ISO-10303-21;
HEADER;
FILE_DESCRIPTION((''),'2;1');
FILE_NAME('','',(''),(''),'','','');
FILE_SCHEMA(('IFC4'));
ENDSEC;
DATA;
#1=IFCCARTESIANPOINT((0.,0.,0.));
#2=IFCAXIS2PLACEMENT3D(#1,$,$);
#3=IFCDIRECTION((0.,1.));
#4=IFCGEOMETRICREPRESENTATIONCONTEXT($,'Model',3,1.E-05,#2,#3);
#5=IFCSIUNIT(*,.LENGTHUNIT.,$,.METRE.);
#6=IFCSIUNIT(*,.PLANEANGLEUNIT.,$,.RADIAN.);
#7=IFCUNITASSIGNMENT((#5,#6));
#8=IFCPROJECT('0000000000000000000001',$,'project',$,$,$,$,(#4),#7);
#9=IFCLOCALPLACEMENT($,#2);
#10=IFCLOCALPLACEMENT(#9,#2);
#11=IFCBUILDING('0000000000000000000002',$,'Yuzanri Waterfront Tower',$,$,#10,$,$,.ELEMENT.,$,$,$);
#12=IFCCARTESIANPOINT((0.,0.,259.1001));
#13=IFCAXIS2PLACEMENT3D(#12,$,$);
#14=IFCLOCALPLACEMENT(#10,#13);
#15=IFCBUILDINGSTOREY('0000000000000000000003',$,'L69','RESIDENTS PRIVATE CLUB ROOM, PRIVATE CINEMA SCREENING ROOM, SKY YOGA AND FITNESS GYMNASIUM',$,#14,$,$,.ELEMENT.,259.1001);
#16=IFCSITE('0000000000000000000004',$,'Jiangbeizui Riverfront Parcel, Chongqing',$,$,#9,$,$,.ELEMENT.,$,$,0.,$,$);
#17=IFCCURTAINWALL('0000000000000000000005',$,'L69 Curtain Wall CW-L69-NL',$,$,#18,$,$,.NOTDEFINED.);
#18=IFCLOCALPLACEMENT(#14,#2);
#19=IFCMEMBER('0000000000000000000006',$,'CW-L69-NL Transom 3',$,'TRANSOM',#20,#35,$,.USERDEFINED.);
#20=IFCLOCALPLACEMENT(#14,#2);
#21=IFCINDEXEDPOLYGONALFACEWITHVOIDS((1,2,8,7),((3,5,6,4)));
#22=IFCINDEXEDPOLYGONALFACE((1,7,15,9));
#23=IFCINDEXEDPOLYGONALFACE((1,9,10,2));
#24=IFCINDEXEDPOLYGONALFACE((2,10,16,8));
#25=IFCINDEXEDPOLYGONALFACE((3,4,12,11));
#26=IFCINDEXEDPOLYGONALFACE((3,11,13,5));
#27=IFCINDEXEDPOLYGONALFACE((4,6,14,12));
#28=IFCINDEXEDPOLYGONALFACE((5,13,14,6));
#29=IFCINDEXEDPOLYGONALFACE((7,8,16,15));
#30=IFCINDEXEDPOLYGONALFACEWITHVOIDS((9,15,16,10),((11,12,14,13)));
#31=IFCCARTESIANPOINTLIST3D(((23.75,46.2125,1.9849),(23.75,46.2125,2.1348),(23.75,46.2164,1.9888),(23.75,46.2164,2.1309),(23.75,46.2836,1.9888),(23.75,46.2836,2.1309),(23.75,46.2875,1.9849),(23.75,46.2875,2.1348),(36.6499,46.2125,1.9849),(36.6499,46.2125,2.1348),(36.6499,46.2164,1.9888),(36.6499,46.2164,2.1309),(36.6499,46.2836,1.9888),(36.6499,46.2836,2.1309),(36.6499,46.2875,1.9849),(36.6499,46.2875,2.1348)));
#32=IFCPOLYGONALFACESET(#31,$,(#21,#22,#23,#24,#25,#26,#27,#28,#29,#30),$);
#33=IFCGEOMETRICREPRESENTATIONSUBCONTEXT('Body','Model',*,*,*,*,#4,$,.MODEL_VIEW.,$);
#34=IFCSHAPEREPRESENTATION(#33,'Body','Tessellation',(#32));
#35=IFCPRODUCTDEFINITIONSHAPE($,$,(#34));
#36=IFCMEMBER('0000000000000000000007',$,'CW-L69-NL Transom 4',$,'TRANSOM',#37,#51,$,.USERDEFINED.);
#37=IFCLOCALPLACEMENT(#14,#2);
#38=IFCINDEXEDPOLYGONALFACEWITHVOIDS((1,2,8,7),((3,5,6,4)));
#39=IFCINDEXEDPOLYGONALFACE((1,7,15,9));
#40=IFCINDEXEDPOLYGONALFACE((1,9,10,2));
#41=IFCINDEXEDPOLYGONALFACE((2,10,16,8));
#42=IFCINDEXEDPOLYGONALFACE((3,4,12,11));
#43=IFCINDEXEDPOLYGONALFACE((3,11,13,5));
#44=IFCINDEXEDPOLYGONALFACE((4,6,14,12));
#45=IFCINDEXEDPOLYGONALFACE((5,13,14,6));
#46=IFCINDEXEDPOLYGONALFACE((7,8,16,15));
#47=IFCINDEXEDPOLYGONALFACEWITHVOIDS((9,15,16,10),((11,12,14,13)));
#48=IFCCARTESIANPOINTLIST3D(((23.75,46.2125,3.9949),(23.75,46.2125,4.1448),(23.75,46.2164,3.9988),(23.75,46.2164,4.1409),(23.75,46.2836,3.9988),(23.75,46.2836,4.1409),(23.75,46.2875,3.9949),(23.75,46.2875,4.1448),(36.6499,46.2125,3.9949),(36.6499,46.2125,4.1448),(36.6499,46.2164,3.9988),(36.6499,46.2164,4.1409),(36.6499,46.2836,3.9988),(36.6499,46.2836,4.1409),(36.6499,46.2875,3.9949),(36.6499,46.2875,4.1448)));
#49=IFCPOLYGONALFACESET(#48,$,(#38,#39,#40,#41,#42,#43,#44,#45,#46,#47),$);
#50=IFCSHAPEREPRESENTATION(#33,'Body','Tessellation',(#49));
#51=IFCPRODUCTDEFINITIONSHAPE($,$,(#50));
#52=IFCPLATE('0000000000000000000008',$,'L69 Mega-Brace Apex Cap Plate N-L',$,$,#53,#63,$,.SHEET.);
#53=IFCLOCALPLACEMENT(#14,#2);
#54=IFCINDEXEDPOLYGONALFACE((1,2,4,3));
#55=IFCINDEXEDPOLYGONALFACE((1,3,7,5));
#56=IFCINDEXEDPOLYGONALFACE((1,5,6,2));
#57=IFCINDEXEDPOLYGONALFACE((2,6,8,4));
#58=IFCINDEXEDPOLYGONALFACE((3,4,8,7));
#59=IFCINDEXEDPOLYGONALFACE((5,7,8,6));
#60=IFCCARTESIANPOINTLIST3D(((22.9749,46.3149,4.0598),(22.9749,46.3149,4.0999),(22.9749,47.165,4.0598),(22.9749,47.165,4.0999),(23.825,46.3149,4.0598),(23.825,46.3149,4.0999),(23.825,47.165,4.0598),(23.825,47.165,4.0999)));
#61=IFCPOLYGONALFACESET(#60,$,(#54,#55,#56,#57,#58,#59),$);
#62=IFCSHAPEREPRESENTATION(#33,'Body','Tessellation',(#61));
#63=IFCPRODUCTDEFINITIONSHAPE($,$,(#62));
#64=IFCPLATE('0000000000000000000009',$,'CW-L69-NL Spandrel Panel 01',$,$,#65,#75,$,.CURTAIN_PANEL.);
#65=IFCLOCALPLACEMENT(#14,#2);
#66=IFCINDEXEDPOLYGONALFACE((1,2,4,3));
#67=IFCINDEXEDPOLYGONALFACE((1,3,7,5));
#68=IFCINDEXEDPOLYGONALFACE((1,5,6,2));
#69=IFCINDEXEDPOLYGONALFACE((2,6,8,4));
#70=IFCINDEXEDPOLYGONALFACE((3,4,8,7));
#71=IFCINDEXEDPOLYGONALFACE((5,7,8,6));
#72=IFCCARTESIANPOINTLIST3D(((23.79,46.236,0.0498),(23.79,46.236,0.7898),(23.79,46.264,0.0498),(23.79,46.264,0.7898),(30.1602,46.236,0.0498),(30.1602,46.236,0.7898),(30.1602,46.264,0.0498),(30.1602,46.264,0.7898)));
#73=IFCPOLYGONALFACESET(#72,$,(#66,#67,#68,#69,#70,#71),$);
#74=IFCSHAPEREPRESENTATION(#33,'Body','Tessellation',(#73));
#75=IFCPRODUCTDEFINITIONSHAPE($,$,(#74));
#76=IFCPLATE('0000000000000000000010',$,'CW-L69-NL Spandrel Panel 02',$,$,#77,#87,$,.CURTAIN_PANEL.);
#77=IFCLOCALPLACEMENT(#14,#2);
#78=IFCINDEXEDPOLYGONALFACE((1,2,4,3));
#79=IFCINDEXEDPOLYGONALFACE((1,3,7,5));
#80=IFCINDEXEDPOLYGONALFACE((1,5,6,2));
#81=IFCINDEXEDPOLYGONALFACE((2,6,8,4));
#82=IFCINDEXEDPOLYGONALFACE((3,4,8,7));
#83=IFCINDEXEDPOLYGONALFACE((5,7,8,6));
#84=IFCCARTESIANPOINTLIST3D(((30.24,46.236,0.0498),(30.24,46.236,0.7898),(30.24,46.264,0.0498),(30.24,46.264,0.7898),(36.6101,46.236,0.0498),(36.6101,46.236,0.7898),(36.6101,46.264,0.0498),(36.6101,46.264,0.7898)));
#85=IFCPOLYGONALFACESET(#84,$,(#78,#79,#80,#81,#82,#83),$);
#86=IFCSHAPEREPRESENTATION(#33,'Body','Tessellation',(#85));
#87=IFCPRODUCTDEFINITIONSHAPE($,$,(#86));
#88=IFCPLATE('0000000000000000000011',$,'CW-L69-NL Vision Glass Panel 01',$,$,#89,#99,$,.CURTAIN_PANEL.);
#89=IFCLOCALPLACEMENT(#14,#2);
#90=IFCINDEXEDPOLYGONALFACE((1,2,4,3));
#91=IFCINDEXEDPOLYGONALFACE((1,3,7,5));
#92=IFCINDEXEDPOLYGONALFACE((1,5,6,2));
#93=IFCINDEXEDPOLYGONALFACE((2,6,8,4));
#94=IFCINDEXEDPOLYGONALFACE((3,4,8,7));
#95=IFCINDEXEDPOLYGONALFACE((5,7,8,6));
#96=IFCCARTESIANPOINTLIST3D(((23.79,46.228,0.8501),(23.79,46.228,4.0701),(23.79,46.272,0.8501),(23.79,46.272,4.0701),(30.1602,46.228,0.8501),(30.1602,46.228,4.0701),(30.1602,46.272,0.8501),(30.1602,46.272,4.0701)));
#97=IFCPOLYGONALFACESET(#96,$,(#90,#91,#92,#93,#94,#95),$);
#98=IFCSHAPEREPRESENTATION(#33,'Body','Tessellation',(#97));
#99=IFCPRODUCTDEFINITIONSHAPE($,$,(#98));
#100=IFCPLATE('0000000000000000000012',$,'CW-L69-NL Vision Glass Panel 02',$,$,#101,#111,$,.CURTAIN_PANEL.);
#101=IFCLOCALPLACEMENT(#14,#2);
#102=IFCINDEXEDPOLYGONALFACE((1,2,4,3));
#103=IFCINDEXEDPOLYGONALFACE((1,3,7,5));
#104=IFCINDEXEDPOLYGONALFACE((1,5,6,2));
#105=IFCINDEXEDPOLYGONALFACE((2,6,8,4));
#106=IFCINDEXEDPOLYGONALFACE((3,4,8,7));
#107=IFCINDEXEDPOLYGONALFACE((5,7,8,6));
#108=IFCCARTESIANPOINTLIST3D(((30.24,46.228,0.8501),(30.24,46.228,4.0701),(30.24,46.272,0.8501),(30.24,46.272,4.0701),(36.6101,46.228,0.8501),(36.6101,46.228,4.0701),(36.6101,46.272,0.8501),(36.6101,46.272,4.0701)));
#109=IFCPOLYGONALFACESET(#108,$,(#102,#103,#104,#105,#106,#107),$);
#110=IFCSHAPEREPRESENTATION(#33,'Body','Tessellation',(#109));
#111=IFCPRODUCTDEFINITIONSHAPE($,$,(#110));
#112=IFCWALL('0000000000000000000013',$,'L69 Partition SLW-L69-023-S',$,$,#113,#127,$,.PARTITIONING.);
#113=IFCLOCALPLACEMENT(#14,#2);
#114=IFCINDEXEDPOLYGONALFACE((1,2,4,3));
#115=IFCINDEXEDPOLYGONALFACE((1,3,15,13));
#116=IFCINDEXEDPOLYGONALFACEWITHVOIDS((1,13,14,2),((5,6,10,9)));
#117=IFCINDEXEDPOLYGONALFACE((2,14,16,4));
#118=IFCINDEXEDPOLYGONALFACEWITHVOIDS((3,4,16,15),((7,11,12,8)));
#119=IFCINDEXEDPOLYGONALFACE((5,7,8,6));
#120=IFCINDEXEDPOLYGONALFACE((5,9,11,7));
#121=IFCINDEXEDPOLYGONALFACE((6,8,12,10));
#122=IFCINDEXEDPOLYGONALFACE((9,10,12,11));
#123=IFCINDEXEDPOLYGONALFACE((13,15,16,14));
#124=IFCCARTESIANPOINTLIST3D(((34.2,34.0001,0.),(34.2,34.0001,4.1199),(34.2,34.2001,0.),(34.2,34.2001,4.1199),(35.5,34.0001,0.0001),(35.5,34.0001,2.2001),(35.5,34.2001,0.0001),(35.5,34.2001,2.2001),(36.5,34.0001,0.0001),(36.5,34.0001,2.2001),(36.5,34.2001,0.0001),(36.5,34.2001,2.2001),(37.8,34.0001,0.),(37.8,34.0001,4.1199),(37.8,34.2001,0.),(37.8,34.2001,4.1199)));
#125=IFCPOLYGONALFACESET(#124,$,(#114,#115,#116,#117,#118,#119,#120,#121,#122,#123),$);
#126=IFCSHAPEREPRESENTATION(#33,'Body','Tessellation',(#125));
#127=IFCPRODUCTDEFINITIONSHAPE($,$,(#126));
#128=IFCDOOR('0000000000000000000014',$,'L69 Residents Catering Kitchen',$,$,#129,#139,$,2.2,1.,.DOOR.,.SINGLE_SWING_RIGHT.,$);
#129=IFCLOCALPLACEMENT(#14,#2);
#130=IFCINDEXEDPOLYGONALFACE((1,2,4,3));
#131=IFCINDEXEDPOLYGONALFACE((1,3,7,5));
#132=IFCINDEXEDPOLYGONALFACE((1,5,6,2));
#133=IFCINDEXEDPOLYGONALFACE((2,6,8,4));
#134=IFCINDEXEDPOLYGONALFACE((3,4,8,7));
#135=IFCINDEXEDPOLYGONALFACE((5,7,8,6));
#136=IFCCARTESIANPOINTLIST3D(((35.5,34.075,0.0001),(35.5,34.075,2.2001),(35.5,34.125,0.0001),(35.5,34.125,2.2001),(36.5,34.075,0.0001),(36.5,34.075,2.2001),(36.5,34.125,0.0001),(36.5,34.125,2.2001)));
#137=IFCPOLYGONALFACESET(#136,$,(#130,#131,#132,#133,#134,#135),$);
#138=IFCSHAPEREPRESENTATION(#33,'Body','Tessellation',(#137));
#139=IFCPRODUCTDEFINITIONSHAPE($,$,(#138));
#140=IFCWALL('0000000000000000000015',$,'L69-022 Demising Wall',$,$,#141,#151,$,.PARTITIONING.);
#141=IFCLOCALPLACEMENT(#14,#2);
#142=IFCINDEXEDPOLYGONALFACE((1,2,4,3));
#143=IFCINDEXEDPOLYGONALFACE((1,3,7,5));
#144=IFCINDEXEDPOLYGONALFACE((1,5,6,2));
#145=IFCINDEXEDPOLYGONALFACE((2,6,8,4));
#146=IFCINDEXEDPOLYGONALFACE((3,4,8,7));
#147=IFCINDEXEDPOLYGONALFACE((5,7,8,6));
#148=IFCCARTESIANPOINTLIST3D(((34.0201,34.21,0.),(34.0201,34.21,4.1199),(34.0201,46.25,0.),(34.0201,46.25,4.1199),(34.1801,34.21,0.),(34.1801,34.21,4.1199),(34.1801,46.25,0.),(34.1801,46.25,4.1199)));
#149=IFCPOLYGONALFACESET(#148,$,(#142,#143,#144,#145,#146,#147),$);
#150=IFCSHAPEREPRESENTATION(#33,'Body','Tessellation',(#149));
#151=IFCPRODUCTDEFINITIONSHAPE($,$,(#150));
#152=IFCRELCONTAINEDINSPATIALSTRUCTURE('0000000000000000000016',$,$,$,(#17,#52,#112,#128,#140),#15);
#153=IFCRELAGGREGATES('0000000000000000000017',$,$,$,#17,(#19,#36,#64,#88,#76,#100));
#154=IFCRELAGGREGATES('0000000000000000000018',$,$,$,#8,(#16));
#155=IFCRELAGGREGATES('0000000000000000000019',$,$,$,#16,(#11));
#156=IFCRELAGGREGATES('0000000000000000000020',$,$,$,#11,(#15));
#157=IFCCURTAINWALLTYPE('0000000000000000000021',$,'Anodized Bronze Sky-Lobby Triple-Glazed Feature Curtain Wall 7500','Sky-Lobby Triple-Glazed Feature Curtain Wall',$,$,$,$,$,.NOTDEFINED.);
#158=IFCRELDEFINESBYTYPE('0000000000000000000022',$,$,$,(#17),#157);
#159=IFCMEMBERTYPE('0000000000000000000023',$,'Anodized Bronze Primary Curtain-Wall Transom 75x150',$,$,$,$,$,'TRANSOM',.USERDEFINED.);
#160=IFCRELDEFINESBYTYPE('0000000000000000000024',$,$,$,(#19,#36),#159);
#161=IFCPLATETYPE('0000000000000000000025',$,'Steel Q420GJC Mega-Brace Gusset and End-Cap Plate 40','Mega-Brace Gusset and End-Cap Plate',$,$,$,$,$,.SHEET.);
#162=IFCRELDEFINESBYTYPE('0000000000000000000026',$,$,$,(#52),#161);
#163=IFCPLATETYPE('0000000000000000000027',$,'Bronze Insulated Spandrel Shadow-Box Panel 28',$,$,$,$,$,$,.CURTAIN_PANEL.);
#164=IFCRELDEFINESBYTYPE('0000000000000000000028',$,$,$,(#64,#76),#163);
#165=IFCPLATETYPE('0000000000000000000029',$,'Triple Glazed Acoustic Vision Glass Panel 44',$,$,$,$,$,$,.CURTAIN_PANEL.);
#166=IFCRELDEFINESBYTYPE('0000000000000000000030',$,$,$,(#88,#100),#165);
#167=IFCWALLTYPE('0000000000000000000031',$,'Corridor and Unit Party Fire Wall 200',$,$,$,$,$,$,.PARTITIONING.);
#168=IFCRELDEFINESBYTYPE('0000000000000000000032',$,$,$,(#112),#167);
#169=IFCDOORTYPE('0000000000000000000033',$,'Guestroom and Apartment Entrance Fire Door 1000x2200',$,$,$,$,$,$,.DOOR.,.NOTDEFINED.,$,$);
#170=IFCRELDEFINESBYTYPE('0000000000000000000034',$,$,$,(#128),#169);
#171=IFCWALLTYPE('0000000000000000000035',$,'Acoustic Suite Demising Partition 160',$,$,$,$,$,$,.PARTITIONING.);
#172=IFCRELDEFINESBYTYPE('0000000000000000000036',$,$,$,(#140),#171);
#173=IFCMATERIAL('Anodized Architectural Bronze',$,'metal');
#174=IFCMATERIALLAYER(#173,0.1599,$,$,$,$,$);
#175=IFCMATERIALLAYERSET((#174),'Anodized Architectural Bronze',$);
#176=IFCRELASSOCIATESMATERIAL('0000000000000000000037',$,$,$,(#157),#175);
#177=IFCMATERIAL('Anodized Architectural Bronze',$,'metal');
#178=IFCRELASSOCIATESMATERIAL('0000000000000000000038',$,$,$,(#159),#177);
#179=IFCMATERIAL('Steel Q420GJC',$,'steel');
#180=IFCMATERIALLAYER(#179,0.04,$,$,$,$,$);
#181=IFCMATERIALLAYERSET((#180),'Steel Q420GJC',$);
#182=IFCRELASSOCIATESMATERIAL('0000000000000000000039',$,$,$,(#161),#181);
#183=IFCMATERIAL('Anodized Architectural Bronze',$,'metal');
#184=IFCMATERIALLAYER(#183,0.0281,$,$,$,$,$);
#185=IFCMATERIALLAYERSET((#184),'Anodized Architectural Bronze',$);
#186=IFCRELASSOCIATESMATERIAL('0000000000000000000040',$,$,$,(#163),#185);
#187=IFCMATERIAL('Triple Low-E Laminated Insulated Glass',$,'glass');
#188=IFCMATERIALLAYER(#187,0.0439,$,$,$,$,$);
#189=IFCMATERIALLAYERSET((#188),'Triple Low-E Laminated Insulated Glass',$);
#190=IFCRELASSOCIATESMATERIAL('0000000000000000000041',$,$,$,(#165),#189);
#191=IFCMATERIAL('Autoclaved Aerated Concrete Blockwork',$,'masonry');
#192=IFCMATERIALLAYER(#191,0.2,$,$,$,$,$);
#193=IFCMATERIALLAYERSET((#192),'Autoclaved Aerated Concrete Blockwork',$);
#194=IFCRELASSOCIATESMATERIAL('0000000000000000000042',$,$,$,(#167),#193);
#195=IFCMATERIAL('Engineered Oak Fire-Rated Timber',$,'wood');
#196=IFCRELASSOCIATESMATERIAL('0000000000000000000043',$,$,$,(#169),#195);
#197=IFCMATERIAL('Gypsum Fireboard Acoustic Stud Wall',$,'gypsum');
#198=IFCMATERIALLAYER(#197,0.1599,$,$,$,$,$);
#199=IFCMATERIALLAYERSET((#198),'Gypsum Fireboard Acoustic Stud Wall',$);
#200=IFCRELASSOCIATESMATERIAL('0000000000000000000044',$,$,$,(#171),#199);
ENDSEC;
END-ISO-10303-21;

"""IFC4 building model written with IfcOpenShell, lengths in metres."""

from ifc_helpers import new_model, si_unit, direction, frame, frame_2d, origin, origin_2d, place, context, subcontext, project, spatial, rectangle, hollow_rectangle, extrude, source, transform, mapped, material, layer, layer_set, material_profile, profile_set, type_object, element, fill, aggregate, save


model = new_model("IFC4")

# Units and contexts
model_context = context("Model", 3, precision=1e-05, world=origin(), true_north=direction((0.0, 1.0)))
body_context = subcontext(model_context, "Body", "Model", "MODEL_VIEW")
ifc_project = project(units=[si_unit("LENGTHUNIT", "METRE"), si_unit("PLANEANGLEUNIT", "RADIAN")], contexts=[model_context])

# Site, building, storey
site_placement = place(None, origin())
site = spatial("IfcSite", under=ifc_project, at=site_placement, Name="Jiangbeizui Riverfront Parcel, Chongqing", CompositionType="ELEMENT", RefElevation=0.0)
building_placement = place(site_placement, origin())
building = spatial("IfcBuilding", under=site, at=building_placement, Name="Yuzanri Waterfront Tower", CompositionType="ELEMENT")
storey_placement = place(building_placement, frame((0.0, 0.0, 259.1001)))
storey = spatial("IfcBuildingStorey", under=building, at=storey_placement, Name="L69", Description="RESIDENTS PRIVATE CLUB ROOM, PRIVATE CINEMA SCREENING ROOM, SKY YOGA AND FITNESS GYMNASIUM", CompositionType="ELEMENT", Elevation=259.1001)

# Curtain wall, members
ifc_material_1 = material(Name="Anodized Architectural Bronze", Category="metal")
ifc_layer_1 = layer(ifc_material_1, 0.1599)
ifc_layer_set_1 = layer_set([ifc_layer_1], Name="Anodized Architectural Bronze")
curtain_wall_type = type_object("IfcCurtainWallType", Name="Anodized Bronze Sky-Lobby Triple-Glazed Feature Curtain Wall 7500", Description="Sky-Lobby Triple-Glazed Feature Curtain Wall", PredefinedType="NOTDEFINED", material=ifc_layer_set_1)
curtain_wall_placement = place(storey_placement, origin())
curtain_wall = element("IfcCurtainWall", 1, at=curtain_wall_placement, inside=storey, type_object=curtain_wall_type, Name="L69 Curtain Wall CW-L69-NL", PredefinedType="NOTDEFINED")
ifc_material_2 = material(Name="Anodized Architectural Bronze", Category="metal")
ifc_material_profile_1 = material_profile(ifc_material_2, hollow_rectangle(XDim=0.075, YDim=0.1499, WallThickness=0.0039, at=origin_2d()), Name="CWT 75x150")
ifc_profile_set_1 = profile_set([ifc_material_profile_1], Name="Anodized Architectural Bronze")
member_type_1 = type_object("IfcMemberType", Name="Anodized Bronze Primary Curtain-Wall Transom 75x150", ElementType="TRANSOM", PredefinedType="USERDEFINED", material=ifc_profile_set_1)
shared_shape_1 = source(origin(), body_context, "Body", "SweptSolid", [
    extrude(hollow_rectangle(XDim=0.075, YDim=0.1499, WallThickness=0.0039, at=origin_2d()), origin(), (0.0, 0.0, 1.0), 12.8999),
])
member_1_placement = place(storey_placement, frame((23.75, 46.25, 2.0598), z_axis=(1.0, 0.0, 0.0), x_axis=(0.0, 1.0, 0.0)))
member_1 = element("IfcMember", 2, at=member_1_placement, type_object=member_type_1, Name="CW-L69-NL Transom 3", ObjectType="TRANSOM", PredefinedType="USERDEFINED", context=body_context, shape_type="MappedRepresentation", body=[
    mapped(shared_shape_1, transform((0.0, 0.0, 0.0), scale=1.0)),
])
member_2_placement = place(storey_placement, frame((23.75, 46.25, 4.0698), z_axis=(1.0, 0.0, 0.0), x_axis=(0.0, 1.0, 0.0)))
member_2 = element("IfcMember", 3, at=member_2_placement, type_object=member_type_1, Name="CW-L69-NL Transom 4", ObjectType="TRANSOM", PredefinedType="USERDEFINED", context=body_context, shape_type="MappedRepresentation", body=[
    mapped(shared_shape_1, transform((0.0, 0.0, 0.0), scale=1.0)),
])

# Plates
ifc_material_3 = material(Name="Steel Q420GJC", Category="steel")
ifc_layer_2 = layer(ifc_material_3, 0.04)
ifc_layer_set_2 = layer_set([ifc_layer_2], Name="Steel Q420GJC")
plate_type_1 = type_object("IfcPlateType", Name="Steel Q420GJC Mega-Brace Gusset and End-Cap Plate 40", Description="Mega-Brace Gusset and End-Cap Plate", PredefinedType="SHEET", material=ifc_layer_set_2)
shared_shape_2 = source(origin(), body_context, "Body", "SweptSolid", [
    extrude(rectangle(XDim=0.8501, YDim=0.8501, at=origin_2d()), origin(), (0.0, 0.0, 1.0), 0.04),
])
plate_1_placement = place(storey_placement, frame((23.3999, 46.74, 4.0598), z_axis=(0.0, 0.0, 1.0), x_axis=(1.0, 0.0, 0.0)))
element("IfcPlate", 4, at=plate_1_placement, inside=storey, type_object=plate_type_1, Name="L69 Mega-Brace Apex Cap Plate N-L", PredefinedType="SHEET", context=body_context, shape_type="MappedRepresentation", body=[
    mapped(shared_shape_2, transform((0.0, 0.0, 0.0), scale=1.0)),
])
ifc_material_4 = material(Name="Anodized Architectural Bronze", Category="metal")
ifc_layer_3 = layer(ifc_material_4, 0.0281)
ifc_layer_set_3 = layer_set([ifc_layer_3], Name="Anodized Architectural Bronze")
plate_type_2 = type_object("IfcPlateType", Name="Bronze Insulated Spandrel Shadow-Box Panel 28", PredefinedType="CURTAIN_PANEL", material=ifc_layer_set_3)
shared_shape_3 = source(origin(), body_context, "Body", "SweptSolid", [
    extrude(rectangle(XDim=6.3701, YDim=0.0281, at=origin_2d()), origin(), (0.0, 0.0, 1.0), 0.74),
])
plate_2_placement = place(storey_placement, frame((26.9751, 46.25, 0.0498), z_axis=(0.0, 0.0, 1.0), x_axis=(1.0, 0.0, 0.0)))
plate_2 = element("IfcPlate", 5, at=plate_2_placement, type_object=plate_type_2, Name="CW-L69-NL Spandrel Panel 01", PredefinedType="CURTAIN_PANEL", context=body_context, shape_type="MappedRepresentation", body=[
    mapped(shared_shape_3, transform((0.0, 0.0, 0.0), scale=1.0)),
])
plate_3_placement = place(storey_placement, frame((33.425, 46.25, 0.0498), z_axis=(0.0, 0.0, 1.0), x_axis=(1.0, 0.0, 0.0)))
plate_3 = element("IfcPlate", 6, at=plate_3_placement, type_object=plate_type_2, Name="CW-L69-NL Spandrel Panel 02", PredefinedType="CURTAIN_PANEL", context=body_context, shape_type="MappedRepresentation", body=[
    mapped(shared_shape_3, transform((0.0, 0.0, 0.0), scale=1.0)),
])
ifc_material_5 = material(Name="Triple Low-E Laminated Insulated Glass", Category="glass")
ifc_layer_4 = layer(ifc_material_5, 0.0439)
ifc_layer_set_4 = layer_set([ifc_layer_4], Name="Triple Low-E Laminated Insulated Glass")
plate_type_3 = type_object("IfcPlateType", Name="Triple Glazed Acoustic Vision Glass Panel 44", PredefinedType="CURTAIN_PANEL", material=ifc_layer_set_4)
shared_shape_4 = source(origin(), body_context, "Body", "SweptSolid", [
    extrude(rectangle(XDim=6.3701, YDim=0.0439, at=origin_2d()), origin(), (0.0, 0.0, 1.0), 3.22),
])
plate_4_placement = place(storey_placement, frame((26.9751, 46.25, 0.8501), z_axis=(0.0, 0.0, 1.0), x_axis=(1.0, 0.0, 0.0)))
plate_4 = element("IfcPlate", 7, at=plate_4_placement, type_object=plate_type_3, Name="CW-L69-NL Vision Glass Panel 01", PredefinedType="CURTAIN_PANEL", context=body_context, shape_type="MappedRepresentation", body=[
    mapped(shared_shape_4, transform((0.0, 0.0, 0.0), scale=1.0)),
])
plate_5_placement = place(storey_placement, frame((33.425, 46.25, 0.8501), z_axis=(0.0, 0.0, 1.0), x_axis=(1.0, 0.0, 0.0)))
plate_5 = element("IfcPlate", 8, at=plate_5_placement, type_object=plate_type_3, Name="CW-L69-NL Vision Glass Panel 02", PredefinedType="CURTAIN_PANEL", context=body_context, shape_type="MappedRepresentation", body=[
    mapped(shared_shape_4, transform((0.0, 0.0, 0.0), scale=1.0)),
])
aggregate(curtain_wall, [member_1, member_2, plate_2, plate_4, plate_3, plate_5])

# Wall, opening, door
ifc_material_6 = material(Name="Autoclaved Aerated Concrete Blockwork", Category="masonry")
ifc_layer_5 = layer(ifc_material_6, 0.2)
ifc_layer_set_5 = layer_set([ifc_layer_5], Name="Autoclaved Aerated Concrete Blockwork")
wall_type_1 = type_object("IfcWallType", Name="Corridor and Unit Party Fire Wall 200", PredefinedType="PARTITIONING", material=ifc_layer_set_5)
wall_1_placement = place(storey_placement, frame((34.2, 34.1001, 0.0), z_axis=(0.0, 0.0, 1.0), x_axis=(1.0, 0.0, 0.0)))
wall_1 = element("IfcWall", 9, at=wall_1_placement, inside=storey, type_object=wall_type_1, Name="L69 Partition SLW-L69-023-S", PredefinedType="PARTITIONING", context=body_context, shape_type="SweptSolid", body=[
    extrude(rectangle(XDim=3.6001, YDim=0.2, at=frame_2d((1.8, 0.0))), origin(), (0.0, 0.0, 1.0), 4.1199),
])
opening_placement = place(wall_1_placement, frame((1.3, 0.0, 0.0)))
opening = element("IfcOpeningElement", 10, at=opening_placement, cuts=wall_1, PredefinedType="OPENING", context=body_context, shape_type="SweptSolid", body=[
    extrude(rectangle(XDim=1.0, YDim=2.2, at=frame_2d((0.5, 1.1001))), frame((0.0, 0.1147, 0.0), z_axis=(0.0, -1.0, 0.0), x_axis=(1.0, 0.0, 0.0)), (0.0, 0.0, 1.0), 0.2297),
])
ifc_material_7 = material(Name="Engineered Oak Fire-Rated Timber", Category="wood")
door_type = type_object("IfcDoorType", Name="Guestroom and Apartment Entrance Fire Door 1000x2200", OperationType="NOTDEFINED", PredefinedType="DOOR", material=ifc_material_7)
shared_shape_5 = source(origin(), body_context, "Body", "SweptSolid", [
    extrude(rectangle(XDim=1.0, YDim=2.2, at=frame_2d((0.5, 1.1001))), frame((0.0, 0.0249, 0.0), z_axis=(0.0, -1.0, 0.0), x_axis=(1.0, 0.0, 0.0)), (0.0, 0.0, 1.0), 0.05),
])
door_placement = place(opening_placement, origin())
door = element("IfcDoor", 11, at=door_placement, inside=storey, type_object=door_type, Name="L69 Residents Catering Kitchen", OperationType="SINGLE_SWING_RIGHT", OverallHeight=2.2, OverallWidth=1.0, PredefinedType="DOOR", context=body_context, shape_type="MappedRepresentation", body=[
    mapped(shared_shape_5, transform((0.0, 0.0, 0.0), scale=1.0)),
])
fill(opening, door)

# Wall
ifc_material_8 = material(Name="Gypsum Fireboard Acoustic Stud Wall", Category="gypsum")
ifc_layer_6 = layer(ifc_material_8, 0.1599)
ifc_layer_set_6 = layer_set([ifc_layer_6], Name="Gypsum Fireboard Acoustic Stud Wall")
wall_type_2 = type_object("IfcWallType", Name="Acoustic Suite Demising Partition 160", PredefinedType="PARTITIONING", material=ifc_layer_set_6)
shared_shape_6 = source(origin(), body_context, "Body", "SweptSolid", [
    extrude(rectangle(XDim=12.04, YDim=0.1599, at=frame_2d((6.02, 0.0))), origin(), (0.0, 0.0, 1.0), 4.1199),
])
wall_2_placement = place(storey_placement, frame((34.1001, 34.21, 0.0), z_axis=(0.0, 0.0, 1.0), x_axis=(0.0, 1.0, 0.0)))
element("IfcWall", 12, at=wall_2_placement, inside=storey, type_object=wall_type_2, Name="L69-022 Demising Wall", PredefinedType="PARTITIONING", context=body_context, shape_type="MappedRepresentation", body=[
    mapped(shared_shape_6, transform((0.0, 0.0, 0.0), scale=1.0)),
])

save(model, "model.ifc")
